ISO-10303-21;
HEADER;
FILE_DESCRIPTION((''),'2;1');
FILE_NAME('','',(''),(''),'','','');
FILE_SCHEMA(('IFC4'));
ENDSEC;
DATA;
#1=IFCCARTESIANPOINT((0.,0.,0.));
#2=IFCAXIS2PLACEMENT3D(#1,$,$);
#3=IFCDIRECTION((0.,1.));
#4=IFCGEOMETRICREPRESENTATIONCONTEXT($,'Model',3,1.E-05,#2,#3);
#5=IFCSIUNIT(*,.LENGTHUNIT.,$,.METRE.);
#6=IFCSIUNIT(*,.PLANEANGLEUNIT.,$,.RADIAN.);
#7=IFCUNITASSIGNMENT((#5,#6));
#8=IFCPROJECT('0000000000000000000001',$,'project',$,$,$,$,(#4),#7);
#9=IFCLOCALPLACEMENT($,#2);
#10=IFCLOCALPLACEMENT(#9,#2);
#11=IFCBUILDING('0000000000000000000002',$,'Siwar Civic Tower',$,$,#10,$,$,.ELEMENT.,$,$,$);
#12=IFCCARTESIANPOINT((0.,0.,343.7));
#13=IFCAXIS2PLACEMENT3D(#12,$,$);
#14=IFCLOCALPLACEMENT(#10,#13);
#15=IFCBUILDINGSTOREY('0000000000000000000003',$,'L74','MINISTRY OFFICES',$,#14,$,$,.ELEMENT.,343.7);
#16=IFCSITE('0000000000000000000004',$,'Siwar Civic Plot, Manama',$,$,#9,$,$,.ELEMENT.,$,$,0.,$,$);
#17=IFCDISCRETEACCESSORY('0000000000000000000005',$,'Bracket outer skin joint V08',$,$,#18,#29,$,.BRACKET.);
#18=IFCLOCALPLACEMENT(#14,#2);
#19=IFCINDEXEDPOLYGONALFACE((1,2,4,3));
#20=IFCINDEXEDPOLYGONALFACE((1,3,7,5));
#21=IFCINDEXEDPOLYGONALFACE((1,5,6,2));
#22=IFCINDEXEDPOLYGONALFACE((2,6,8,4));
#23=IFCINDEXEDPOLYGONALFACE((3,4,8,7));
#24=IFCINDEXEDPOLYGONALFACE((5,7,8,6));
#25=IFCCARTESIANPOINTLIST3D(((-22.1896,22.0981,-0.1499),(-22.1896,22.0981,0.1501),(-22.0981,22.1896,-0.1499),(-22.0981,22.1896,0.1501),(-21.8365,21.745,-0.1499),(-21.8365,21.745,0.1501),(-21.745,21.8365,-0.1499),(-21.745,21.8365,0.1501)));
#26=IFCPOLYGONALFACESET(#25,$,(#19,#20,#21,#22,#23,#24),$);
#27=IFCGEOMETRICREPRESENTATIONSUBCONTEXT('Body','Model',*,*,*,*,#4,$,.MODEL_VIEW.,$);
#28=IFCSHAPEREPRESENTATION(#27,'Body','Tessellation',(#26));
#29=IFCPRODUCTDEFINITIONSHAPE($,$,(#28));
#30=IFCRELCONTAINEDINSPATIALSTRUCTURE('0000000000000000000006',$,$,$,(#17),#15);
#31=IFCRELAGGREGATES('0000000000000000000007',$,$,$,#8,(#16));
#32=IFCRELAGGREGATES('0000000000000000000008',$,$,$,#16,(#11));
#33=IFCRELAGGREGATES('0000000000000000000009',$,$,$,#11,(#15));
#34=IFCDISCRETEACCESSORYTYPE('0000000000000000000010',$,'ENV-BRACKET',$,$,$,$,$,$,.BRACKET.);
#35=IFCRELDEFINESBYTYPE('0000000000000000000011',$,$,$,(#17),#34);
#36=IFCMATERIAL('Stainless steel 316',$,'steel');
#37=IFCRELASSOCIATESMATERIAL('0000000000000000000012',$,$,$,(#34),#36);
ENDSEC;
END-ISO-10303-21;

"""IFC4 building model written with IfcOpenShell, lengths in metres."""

from ifc_helpers import new_model, si_unit, direction, frame, origin, origin_2d, place, context, subcontext, project, spatial, rectangle, extrude, material, type_object, element, save


model = new_model("IFC4")

# Units and contexts
model_context = context("Model", 3, precision=1e-05, world=origin(), true_north=direction((0.0, 1.0)))
body_context = subcontext(model_context, "Body", "Model", "MODEL_VIEW")
ifc_project = project(units=[si_unit("LENGTHUNIT", "METRE"), si_unit("PLANEANGLEUNIT", "RADIAN")], contexts=[model_context])

# Site, building, storey
site_placement = place(None, origin())
site = spatial("IfcSite", under=ifc_project, at=site_placement, Name="Siwar Civic Plot, Manama", CompositionType="ELEMENT", RefElevation=0.0)
building_placement = place(site_placement, origin())
building = spatial("IfcBuilding", under=site, at=building_placement, Name="Siwar Civic Tower", CompositionType="ELEMENT")
storey_placement = place(building_placement, frame((0.0, 0.0, 343.7)))
storey = spatial("IfcBuildingStorey", under=building, at=storey_placement, Name="L74", Description="MINISTRY OFFICES", CompositionType="ELEMENT", Elevation=343.7)

# Discrete accessory
ifc_material_1 = material(Name="Stainless steel 316", Category="steel")
discrete_accessory_type = type_object("IfcDiscreteAccessoryType", Name="ENV-BRACKET", PredefinedType="BRACKET", material=ifc_material_1)
discrete_accessory_1_placement = place(storey_placement, frame((-21.9673, 21.9673, -0.1499), z_axis=(0.0, 0.0, 1.0), x_axis=(-0.707107, 0.707107, 0.0)))
element("IfcDiscreteAccessory", 1, at=discrete_accessory_1_placement, inside=storey, type_object=discrete_accessory_type, Name="Bracket outer skin joint V08", PredefinedType="BRACKET", context=body_context, shape_type="SweptSolid", body=[
    extrude(rectangle(XDim=0.4993, YDim=0.1294, at=origin_2d()), origin(), (0.0, 0.0, 1.0), 0.3),
])

save(model, "model.ifc")
